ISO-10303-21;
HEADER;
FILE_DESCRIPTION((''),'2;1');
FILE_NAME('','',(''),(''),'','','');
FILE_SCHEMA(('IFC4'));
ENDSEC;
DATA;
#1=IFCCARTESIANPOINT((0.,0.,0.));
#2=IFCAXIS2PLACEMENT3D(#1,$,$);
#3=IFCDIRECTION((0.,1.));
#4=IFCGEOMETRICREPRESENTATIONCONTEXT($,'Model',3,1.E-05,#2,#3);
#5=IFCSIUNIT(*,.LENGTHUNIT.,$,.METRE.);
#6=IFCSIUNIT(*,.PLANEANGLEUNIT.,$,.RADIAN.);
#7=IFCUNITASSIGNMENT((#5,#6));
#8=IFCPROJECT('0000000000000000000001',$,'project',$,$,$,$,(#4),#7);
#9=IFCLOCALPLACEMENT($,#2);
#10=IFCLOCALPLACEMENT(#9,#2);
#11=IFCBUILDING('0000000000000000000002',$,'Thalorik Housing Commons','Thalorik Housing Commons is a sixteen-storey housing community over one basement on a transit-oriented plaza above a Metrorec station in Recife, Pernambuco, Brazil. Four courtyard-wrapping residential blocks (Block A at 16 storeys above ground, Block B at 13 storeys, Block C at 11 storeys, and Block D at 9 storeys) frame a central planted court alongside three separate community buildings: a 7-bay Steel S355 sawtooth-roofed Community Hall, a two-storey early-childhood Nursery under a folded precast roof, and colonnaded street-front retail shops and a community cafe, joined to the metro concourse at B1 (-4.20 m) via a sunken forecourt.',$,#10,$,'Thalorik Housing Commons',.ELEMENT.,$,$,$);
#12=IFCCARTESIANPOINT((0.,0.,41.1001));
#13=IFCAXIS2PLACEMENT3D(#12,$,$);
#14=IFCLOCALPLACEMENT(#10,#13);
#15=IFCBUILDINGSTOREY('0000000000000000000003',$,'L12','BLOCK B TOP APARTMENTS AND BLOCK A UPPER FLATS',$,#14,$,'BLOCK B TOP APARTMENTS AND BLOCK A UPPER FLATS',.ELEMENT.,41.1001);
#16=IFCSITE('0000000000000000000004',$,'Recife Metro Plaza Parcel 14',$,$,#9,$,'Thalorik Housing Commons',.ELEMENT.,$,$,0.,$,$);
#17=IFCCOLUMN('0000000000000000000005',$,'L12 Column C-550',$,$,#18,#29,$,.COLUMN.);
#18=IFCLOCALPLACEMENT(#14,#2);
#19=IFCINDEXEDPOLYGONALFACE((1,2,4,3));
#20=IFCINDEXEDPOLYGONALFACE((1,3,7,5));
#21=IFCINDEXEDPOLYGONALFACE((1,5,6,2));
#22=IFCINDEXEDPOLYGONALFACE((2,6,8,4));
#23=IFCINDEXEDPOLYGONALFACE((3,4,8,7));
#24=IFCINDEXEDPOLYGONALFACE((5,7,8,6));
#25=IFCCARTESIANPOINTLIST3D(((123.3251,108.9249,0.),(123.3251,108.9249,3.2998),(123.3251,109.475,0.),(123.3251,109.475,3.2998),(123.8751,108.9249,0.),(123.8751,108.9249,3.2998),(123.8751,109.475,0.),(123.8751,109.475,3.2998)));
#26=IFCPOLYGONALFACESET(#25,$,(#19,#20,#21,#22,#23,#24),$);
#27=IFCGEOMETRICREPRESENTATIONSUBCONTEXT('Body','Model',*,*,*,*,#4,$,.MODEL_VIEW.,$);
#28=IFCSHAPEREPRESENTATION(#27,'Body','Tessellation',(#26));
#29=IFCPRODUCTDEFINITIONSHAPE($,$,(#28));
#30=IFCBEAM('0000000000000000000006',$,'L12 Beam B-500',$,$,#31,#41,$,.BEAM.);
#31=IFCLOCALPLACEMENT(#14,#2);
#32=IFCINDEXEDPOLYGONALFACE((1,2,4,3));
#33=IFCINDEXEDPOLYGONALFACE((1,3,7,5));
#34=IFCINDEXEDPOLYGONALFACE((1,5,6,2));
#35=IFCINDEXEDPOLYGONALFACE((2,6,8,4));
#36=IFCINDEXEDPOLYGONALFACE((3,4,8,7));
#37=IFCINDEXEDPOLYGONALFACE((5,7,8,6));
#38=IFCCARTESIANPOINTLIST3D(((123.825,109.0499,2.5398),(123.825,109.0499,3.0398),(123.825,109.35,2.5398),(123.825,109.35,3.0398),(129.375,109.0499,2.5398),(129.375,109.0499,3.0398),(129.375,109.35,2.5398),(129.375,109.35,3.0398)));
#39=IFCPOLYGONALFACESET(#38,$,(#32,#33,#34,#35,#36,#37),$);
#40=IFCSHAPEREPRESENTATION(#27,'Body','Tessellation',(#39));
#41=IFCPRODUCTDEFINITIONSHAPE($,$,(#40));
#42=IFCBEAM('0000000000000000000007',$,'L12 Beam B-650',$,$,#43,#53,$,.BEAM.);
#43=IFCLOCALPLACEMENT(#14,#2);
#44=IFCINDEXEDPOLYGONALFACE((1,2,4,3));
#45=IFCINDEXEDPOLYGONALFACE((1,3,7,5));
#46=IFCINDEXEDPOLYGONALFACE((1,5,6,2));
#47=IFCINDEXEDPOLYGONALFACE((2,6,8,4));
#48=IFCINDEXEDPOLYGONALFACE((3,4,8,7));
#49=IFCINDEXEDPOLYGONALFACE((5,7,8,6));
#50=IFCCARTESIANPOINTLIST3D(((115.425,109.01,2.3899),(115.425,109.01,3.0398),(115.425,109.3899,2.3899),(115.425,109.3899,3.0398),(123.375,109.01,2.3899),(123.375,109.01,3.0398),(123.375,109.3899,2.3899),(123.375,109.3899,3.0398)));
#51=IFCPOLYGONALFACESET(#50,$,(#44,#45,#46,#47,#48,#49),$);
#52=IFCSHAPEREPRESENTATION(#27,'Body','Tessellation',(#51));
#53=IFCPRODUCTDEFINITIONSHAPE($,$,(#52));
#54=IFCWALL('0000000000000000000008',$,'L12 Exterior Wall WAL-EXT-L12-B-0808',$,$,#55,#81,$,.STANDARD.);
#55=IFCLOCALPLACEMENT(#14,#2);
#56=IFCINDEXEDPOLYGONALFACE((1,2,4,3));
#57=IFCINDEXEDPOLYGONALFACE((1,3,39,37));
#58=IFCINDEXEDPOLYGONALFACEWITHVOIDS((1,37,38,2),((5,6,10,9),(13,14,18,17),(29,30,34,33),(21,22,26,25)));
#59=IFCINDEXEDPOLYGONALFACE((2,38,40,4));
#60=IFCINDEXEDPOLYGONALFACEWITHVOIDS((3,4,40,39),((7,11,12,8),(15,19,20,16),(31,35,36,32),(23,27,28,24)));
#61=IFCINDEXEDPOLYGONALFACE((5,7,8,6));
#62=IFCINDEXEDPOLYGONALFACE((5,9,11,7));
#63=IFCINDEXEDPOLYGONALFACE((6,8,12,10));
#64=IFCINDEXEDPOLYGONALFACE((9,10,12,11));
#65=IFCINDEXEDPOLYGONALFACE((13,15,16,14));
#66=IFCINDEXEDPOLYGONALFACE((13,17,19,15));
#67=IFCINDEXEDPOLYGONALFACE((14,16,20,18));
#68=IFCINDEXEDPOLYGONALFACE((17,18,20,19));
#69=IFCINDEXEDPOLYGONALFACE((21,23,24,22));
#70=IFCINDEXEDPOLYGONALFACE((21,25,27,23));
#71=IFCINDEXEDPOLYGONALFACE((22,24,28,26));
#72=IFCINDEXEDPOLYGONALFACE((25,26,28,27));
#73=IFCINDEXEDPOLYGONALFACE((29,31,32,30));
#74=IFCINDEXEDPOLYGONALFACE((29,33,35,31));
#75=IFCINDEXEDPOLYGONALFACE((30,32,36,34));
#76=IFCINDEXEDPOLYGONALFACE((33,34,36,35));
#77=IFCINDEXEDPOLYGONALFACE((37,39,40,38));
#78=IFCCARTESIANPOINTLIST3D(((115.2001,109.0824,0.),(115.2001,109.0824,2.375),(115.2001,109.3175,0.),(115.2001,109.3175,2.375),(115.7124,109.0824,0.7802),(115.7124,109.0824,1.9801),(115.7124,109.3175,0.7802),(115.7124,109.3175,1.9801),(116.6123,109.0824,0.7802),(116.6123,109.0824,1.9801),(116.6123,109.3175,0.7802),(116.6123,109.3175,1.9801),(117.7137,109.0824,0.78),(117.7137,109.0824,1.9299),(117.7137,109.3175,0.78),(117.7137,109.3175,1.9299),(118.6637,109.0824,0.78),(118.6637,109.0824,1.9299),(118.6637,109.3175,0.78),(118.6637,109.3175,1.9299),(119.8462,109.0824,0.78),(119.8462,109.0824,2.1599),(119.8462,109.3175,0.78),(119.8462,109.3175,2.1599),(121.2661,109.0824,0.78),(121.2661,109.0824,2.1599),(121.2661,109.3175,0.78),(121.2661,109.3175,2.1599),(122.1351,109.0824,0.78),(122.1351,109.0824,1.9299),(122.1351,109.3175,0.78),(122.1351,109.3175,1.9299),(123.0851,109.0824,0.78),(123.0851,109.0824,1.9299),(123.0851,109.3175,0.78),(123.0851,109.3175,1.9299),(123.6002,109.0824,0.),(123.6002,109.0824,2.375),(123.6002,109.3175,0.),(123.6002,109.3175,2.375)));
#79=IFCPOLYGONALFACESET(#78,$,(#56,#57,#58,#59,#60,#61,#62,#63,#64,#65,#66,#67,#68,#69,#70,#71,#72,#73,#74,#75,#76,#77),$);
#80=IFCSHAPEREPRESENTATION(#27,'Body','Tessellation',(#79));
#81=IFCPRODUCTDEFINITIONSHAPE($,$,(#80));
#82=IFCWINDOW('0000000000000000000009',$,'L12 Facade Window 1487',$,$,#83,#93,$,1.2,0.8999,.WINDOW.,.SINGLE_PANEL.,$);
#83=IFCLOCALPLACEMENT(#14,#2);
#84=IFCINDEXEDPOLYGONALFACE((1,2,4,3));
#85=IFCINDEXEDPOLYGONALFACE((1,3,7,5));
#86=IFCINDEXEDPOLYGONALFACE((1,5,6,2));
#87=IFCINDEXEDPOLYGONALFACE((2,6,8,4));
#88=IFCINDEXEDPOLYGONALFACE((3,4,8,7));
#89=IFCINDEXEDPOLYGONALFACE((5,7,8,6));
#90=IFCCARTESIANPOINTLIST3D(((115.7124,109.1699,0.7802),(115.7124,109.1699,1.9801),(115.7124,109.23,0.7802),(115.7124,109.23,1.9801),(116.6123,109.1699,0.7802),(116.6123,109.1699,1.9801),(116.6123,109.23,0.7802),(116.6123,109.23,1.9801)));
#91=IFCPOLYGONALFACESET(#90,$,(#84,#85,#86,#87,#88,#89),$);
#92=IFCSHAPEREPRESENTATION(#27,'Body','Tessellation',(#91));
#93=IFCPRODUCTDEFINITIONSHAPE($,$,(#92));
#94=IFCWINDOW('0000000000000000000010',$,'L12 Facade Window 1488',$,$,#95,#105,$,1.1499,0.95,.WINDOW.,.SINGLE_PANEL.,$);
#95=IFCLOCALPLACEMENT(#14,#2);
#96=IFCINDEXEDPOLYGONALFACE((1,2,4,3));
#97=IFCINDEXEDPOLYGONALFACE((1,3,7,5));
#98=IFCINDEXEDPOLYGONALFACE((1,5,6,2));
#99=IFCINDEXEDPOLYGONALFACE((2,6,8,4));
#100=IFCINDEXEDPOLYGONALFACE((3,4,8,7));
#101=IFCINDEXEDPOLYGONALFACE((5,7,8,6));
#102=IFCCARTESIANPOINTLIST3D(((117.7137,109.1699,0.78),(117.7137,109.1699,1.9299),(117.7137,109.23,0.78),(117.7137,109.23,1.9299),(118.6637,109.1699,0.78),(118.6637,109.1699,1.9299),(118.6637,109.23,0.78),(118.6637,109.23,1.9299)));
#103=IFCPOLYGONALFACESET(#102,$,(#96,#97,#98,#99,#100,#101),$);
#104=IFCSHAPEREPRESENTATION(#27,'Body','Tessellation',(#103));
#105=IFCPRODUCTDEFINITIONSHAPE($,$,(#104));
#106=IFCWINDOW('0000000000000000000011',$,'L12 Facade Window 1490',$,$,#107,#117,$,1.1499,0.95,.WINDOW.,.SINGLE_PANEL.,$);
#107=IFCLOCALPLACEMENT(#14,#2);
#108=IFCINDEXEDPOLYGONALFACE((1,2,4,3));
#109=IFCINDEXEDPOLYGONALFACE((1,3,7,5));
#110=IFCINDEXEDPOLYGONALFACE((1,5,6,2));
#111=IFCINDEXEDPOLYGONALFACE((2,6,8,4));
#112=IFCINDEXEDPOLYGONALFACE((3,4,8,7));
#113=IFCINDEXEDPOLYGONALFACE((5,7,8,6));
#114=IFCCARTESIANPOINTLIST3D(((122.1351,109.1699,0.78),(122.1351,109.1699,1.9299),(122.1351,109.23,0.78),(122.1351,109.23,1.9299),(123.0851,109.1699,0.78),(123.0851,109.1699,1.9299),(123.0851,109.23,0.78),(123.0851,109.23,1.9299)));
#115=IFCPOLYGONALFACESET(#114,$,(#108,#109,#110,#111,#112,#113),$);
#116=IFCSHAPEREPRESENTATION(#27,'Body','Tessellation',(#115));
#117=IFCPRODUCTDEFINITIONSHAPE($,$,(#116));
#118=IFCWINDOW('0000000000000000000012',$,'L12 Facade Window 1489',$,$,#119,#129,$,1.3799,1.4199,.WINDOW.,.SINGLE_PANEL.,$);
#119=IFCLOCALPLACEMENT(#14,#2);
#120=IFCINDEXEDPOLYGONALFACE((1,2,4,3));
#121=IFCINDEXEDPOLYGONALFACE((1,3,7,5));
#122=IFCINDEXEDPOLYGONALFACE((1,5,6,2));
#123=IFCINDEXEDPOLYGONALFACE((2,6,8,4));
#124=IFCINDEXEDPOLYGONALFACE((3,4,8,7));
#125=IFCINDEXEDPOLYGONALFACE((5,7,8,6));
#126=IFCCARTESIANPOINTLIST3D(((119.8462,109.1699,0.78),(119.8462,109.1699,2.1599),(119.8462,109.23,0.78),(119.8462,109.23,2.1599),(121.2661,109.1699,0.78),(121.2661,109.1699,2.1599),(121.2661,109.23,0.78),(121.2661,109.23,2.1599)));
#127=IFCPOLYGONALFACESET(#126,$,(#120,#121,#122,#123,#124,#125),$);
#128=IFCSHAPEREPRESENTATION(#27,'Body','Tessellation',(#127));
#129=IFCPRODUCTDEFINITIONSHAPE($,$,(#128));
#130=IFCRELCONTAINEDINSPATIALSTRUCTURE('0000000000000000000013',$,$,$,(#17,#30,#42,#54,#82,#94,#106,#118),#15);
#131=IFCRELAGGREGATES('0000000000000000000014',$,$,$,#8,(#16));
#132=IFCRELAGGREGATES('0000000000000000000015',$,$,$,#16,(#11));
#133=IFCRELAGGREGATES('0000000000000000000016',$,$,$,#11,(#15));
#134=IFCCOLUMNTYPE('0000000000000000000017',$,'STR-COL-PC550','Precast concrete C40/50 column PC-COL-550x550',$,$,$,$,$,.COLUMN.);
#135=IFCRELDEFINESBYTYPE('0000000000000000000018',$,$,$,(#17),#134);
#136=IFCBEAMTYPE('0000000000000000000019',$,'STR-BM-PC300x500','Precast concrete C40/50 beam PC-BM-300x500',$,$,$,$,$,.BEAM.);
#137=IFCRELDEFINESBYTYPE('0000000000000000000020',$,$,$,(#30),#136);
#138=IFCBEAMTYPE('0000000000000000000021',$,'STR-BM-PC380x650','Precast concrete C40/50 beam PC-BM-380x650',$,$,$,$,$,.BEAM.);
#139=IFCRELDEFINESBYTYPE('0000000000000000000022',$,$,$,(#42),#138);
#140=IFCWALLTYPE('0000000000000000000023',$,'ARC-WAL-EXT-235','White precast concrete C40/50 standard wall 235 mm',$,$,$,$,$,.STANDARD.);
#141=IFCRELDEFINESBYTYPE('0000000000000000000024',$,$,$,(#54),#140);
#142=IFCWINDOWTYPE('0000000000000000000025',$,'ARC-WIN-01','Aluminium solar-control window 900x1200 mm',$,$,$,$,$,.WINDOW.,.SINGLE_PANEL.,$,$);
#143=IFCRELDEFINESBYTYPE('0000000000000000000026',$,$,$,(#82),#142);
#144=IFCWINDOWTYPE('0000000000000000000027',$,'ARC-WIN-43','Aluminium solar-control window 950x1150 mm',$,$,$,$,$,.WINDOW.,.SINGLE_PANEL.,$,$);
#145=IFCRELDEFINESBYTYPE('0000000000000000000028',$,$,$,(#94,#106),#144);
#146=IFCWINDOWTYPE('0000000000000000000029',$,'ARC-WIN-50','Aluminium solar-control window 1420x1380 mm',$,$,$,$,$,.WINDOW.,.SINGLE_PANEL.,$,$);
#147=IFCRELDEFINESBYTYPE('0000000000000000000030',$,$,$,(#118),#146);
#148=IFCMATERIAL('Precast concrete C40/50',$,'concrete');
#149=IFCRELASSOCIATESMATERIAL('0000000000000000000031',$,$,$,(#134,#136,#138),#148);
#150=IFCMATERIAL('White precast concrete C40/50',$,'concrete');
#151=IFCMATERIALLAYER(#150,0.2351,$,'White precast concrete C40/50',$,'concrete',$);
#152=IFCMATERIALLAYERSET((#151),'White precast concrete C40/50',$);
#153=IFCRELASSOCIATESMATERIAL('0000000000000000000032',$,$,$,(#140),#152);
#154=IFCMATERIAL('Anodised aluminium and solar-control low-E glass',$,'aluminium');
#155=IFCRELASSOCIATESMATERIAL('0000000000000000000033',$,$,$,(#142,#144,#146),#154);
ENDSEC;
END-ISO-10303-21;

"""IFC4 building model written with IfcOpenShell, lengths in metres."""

from ifc_helpers import new_model, si_unit, direction, frame, frame_2d, origin, origin_2d, place, context, subcontext, project, spatial, rectangle, extrude, material, layer, layer_set, material_profile, profile_set, type_object, element, fill, save


model = new_model("IFC4")

# Units and contexts
model_context = context("Model", 3, precision=1e-05, world=origin(), true_north=direction((0.0, 1.0)))
body_context = subcontext(model_context, "Body", "Model", "MODEL_VIEW")
ifc_project = project(units=[si_unit("LENGTHUNIT", "METRE"), si_unit("PLANEANGLEUNIT", "RADIAN")], contexts=[model_context])

# Site, building, storey
site_placement = place(None, origin())
site = spatial("IfcSite", under=ifc_project, at=site_placement, Name="Recife Metro Plaza Parcel 14", LongName="Thalorik Housing Commons", CompositionType="ELEMENT", RefElevation=0.0)
building_placement = place(site_placement, origin())
building = spatial("IfcBuilding", under=site, at=building_placement, Name="Thalorik Housing Commons", Description="Thalorik Housing Commons is a sixteen-storey housing community over one basement on a transit-oriented plaza above a Metrorec station in Recife, Pernambuco, Brazil. Four courtyard-wrapping residential blocks (Block A at 16 storeys above ground, Block B at 13 storeys, Block C at 11 storeys, and Block D at 9 storeys) frame a central planted court alongside three separate community buildings: a 7-bay Steel S355 sawtooth-roofed Community Hall, a two-storey early-childhood Nursery under a folded precast roof, and colonnaded street-front retail shops and a community cafe, joined to the metro concourse at B1 (-4.20 m) via a sunken forecourt.", LongName="Thalorik Housing Commons", CompositionType="ELEMENT")
storey_placement = place(building_placement, frame((0.0, 0.0, 41.1001)))
storey = spatial("IfcBuildingStorey", under=building, at=storey_placement, Name="L12", Description="BLOCK B TOP APARTMENTS AND BLOCK A UPPER FLATS", LongName="BLOCK B TOP APARTMENTS AND BLOCK A UPPER FLATS", CompositionType="ELEMENT", Elevation=41.1001)

# Column
ifc_material_1 = material(Name="Precast concrete C40/50", Category="concrete")
ifc_material_profile_1 = material_profile(ifc_material_1, rectangle(XDim=0.55, YDim=0.55, at=origin_2d()), Name="PC 550x550", Category="concrete")
ifc_profile_set_1 = profile_set([ifc_material_profile_1], Name="Precast concrete C40/50")
column_type = type_object("IfcColumnType", Name="STR-COL-PC550", Description="Precast concrete C40/50 column PC-COL-550x550", PredefinedType="COLUMN", material=ifc_profile_set_1)
column_placement = place(storey_placement, frame((123.6001, 109.2, 0.0), z_axis=(0.0, 0.0, 1.0), x_axis=(1.0, 0.0, 0.0)))
element("IfcColumn", 1, at=column_placement, inside=storey, type_object=column_type, Name="L12 Column C-550", PredefinedType="COLUMN", context=body_context, shape_type="SweptSolid", body=[
    extrude(rectangle(XDim=0.55, YDim=0.55, at=origin_2d()), origin(), (0.0, 0.0, 1.0), 3.2998),
])

# Beams
ifc_material_profile_2 = material_profile(ifc_material_1, rectangle(XDim=0.3, YDim=0.5, at=origin_2d()), Name="PC 300x500", Category="concrete")
ifc_profile_set_2 = profile_set([ifc_material_profile_2], Name="Precast concrete C40/50")
beam_type_1 = type_object("IfcBeamType", Name="STR-BM-PC300x500", Description="Precast concrete C40/50 beam PC-BM-300x500", PredefinedType="BEAM", material=ifc_profile_set_2)
beam_1_placement = place(storey_placement, frame((123.825, 109.2, 2.7898), z_axis=(1.0, 0.0, 0.0), x_axis=(0.0, 1.0, 0.0)))
element("IfcBeam", 2, at=beam_1_placement, inside=storey, type_object=beam_type_1, Name="L12 Beam B-500", PredefinedType="BEAM", context=body_context, shape_type="SweptSolid", body=[
    extrude(rectangle(XDim=0.3, YDim=0.5, at=origin_2d()), origin(), (0.0, 0.0, 1.0), 5.55),
])
ifc_material_profile_3 = material_profile(ifc_material_1, rectangle(XDim=0.3799, YDim=0.6499, at=origin_2d()), Name="PC 380x650", Category="concrete")
ifc_profile_set_3 = profile_set([ifc_material_profile_3], Name="Precast concrete C40/50")
beam_type_2 = type_object("IfcBeamType", Name="STR-BM-PC380x650", Description="Precast concrete C40/50 beam PC-BM-380x650", PredefinedType="BEAM", material=ifc_profile_set_3)
beam_2_placement = place(storey_placement, frame((115.425, 109.2, 2.7148), z_axis=(1.0, 0.0, 0.0), x_axis=(0.0, 1.0, 0.0)))
element("IfcBeam", 3, at=beam_2_placement, inside=storey, type_object=beam_type_2, Name="L12 Beam B-650", PredefinedType="BEAM", context=body_context, shape_type="SweptSolid", body=[
    extrude(rectangle(XDim=0.3799, YDim=0.6499, at=origin_2d()), origin(), (0.0, 0.0, 1.0), 7.95),
])

# Wall, openings, windows
ifc_material_2 = material(Name="White precast concrete C40/50", Category="concrete")
ifc_layer_1 = layer(ifc_material_2, 0.2351, Name="White precast concrete C40/50", Category="concrete")
ifc_layer_set_1 = layer_set([ifc_layer_1], Name="White precast concrete C40/50")
wall_type = type_object("IfcWallType", Name="ARC-WAL-EXT-235", Description="White precast concrete C40/50 standard wall 235 mm", PredefinedType="STANDARD", material=ifc_layer_set_1)
wall_1_placement = place(storey_placement, frame((115.2, 109.2, 0.0), z_axis=(0.0, 0.0, 1.0), x_axis=(1.0, 0.0, 0.0)))
wall_1 = element("IfcWall", 4, at=wall_1_placement, inside=storey, type_object=wall_type, Name="L12 Exterior Wall WAL-EXT-L12-B-0808", PredefinedType="STANDARD", context=body_context, shape_type="SweptSolid", body=[
    extrude(rectangle(XDim=8.4001, YDim=0.2351, at=frame_2d((4.2002, 0.0))), origin(), (0.0, 0.0, 1.0), 2.375),
])
opening_1_placement = place(wall_1_placement, frame((0.5125, 0.0, 0.78)))
opening_1 = element("IfcOpeningElement", 5, at=opening_1_placement, cuts=wall_1, PredefinedType="OPENING", context=body_context, shape_type="SweptSolid", body=[
    extrude(rectangle(XDim=0.8999, YDim=1.2, at=frame_2d((0.45, 0.6001))), frame((0.0, 0.1274, 0.0), z_axis=(0.0, -1.0, 0.0), x_axis=(1.0, 0.0, 0.0)), (0.0, 0.0, 1.0), 0.2551),
])
opening_2_placement = place(wall_1_placement, frame((2.5137, 0.0, 0.78)))
opening_2 = element("IfcOpeningElement", 6, at=opening_2_placement, cuts=wall_1, PredefinedType="OPENING", context=body_context, shape_type="SweptSolid", body=[
    extrude(rectangle(XDim=0.95, YDim=1.1499, at=frame_2d((0.4751, 0.575))), frame((0.0, 0.1274, 0.0), z_axis=(0.0, -1.0, 0.0), x_axis=(1.0, 0.0, 0.0)), (0.0, 0.0, 1.0), 0.2551),
])
opening_3_placement = place(wall_1_placement, frame((4.6462, 0.0, 0.78)))
opening_3 = element("IfcOpeningElement", 7, at=opening_3_placement, cuts=wall_1, PredefinedType="OPENING", context=body_context, shape_type="SweptSolid", body=[
    extrude(rectangle(XDim=1.4199, YDim=1.3799, at=frame_2d((0.71, 0.6899))), frame((0.0, 0.1274, 0.0), z_axis=(0.0, -1.0, 0.0), x_axis=(1.0, 0.0, 0.0)), (0.0, 0.0, 1.0), 0.2551),
])
opening_4_placement = place(wall_1_placement, frame((6.9351, 0.0, 0.78)))
opening_4 = element("IfcOpeningElement", 8, at=opening_4_placement, cuts=wall_1, PredefinedType="OPENING", context=body_context, shape_type="SweptSolid", body=[
    extrude(rectangle(XDim=0.95, YDim=1.1499, at=frame_2d((0.4751, 0.575))), frame((0.0, 0.1274, 0.0), z_axis=(0.0, -1.0, 0.0), x_axis=(1.0, 0.0, 0.0)), (0.0, 0.0, 1.0), 0.2551),
])
ifc_material_3 = material(Name="Anodised aluminium and solar-control low-E glass", Category="aluminium")
window_type_1 = type_object("IfcWindowType", Name="ARC-WIN-01", Description="Aluminium solar-control window 900x1200 mm", PartitioningType="SINGLE_PANEL", PredefinedType="WINDOW", material=ifc_material_3)
window_1_placement = place(opening_1_placement, origin())
window_1 = element("IfcWindow", 9, at=window_1_placement, inside=storey, type_object=window_type_1, Name="L12 Facade Window 1487", OverallHeight=1.2, OverallWidth=0.8999, PartitioningType="SINGLE_PANEL", PredefinedType="WINDOW", context=body_context, shape_type="SweptSolid", body=[
    extrude(rectangle(XDim=0.8999, YDim=1.2, at=frame_2d((0.45, 0.6001))), frame((0.0, 0.03, 0.0), z_axis=(0.0, -1.0, 0.0), x_axis=(1.0, 0.0, 0.0)), (0.0, 0.0, 1.0), 0.0601),
])
fill(opening_1, window_1)
window_type_2 = type_object("IfcWindowType", Name="ARC-WIN-43", Description="Aluminium solar-control window 950x1150 mm", PartitioningType="SINGLE_PANEL", PredefinedType="WINDOW", material=ifc_material_3)
window_2_placement = place(opening_2_placement, origin())
window_2 = element("IfcWindow", 10, at=window_2_placement, inside=storey, type_object=window_type_2, Name="L12 Facade Window 1488", OverallHeight=1.1499, OverallWidth=0.95, PartitioningType="SINGLE_PANEL", PredefinedType="WINDOW", context=body_context, shape_type="SweptSolid", body=[
    extrude(rectangle(XDim=0.95, YDim=1.1499, at=frame_2d((0.4751, 0.575))), frame((0.0, 0.03, 0.0), z_axis=(0.0, -1.0, 0.0), x_axis=(1.0, 0.0, 0.0)), (0.0, 0.0, 1.0), 0.0601),
])
fill(opening_2, window_2)
window_3_placement = place(opening_4_placement, origin())
window_3 = element("IfcWindow", 11, at=window_3_placement, inside=storey, type_object=window_type_2, Name="L12 Facade Window 1490", OverallHeight=1.1499, OverallWidth=0.95, PartitioningType="SINGLE_PANEL", PredefinedType="WINDOW", context=body_context, shape_type="SweptSolid", body=[
    extrude(rectangle(XDim=0.95, YDim=1.1499, at=frame_2d((0.4751, 0.575))), frame((0.0, 0.03, 0.0), z_axis=(0.0, -1.0, 0.0), x_axis=(1.0, 0.0, 0.0)), (0.0, 0.0, 1.0), 0.0601),
])
fill(opening_4, window_3)
window_type_3 = type_object("IfcWindowType", Name="ARC-WIN-50", Description="Aluminium solar-control window 1420x1380 mm", PartitioningType="SINGLE_PANEL", PredefinedType="WINDOW", material=ifc_material_3)
window_4_placement = place(opening_3_placement, origin())
window_4 = element("IfcWindow", 12, at=window_4_placement, inside=storey, type_object=window_type_3, Name="L12 Facade Window 1489", OverallHeight=1.3799, OverallWidth=1.4199, PartitioningType="SINGLE_PANEL", PredefinedType="WINDOW", context=body_context, shape_type="SweptSolid", body=[
    extrude(rectangle(XDim=1.4199, YDim=1.3799, at=frame_2d((0.71, 0.6899))), frame((0.0, 0.03, 0.0), z_axis=(0.0, -1.0, 0.0), x_axis=(1.0, 0.0, 0.0)), (0.0, 0.0, 1.0), 0.0601),
])
fill(opening_3, window_4)

save(model, "model.ifc")
